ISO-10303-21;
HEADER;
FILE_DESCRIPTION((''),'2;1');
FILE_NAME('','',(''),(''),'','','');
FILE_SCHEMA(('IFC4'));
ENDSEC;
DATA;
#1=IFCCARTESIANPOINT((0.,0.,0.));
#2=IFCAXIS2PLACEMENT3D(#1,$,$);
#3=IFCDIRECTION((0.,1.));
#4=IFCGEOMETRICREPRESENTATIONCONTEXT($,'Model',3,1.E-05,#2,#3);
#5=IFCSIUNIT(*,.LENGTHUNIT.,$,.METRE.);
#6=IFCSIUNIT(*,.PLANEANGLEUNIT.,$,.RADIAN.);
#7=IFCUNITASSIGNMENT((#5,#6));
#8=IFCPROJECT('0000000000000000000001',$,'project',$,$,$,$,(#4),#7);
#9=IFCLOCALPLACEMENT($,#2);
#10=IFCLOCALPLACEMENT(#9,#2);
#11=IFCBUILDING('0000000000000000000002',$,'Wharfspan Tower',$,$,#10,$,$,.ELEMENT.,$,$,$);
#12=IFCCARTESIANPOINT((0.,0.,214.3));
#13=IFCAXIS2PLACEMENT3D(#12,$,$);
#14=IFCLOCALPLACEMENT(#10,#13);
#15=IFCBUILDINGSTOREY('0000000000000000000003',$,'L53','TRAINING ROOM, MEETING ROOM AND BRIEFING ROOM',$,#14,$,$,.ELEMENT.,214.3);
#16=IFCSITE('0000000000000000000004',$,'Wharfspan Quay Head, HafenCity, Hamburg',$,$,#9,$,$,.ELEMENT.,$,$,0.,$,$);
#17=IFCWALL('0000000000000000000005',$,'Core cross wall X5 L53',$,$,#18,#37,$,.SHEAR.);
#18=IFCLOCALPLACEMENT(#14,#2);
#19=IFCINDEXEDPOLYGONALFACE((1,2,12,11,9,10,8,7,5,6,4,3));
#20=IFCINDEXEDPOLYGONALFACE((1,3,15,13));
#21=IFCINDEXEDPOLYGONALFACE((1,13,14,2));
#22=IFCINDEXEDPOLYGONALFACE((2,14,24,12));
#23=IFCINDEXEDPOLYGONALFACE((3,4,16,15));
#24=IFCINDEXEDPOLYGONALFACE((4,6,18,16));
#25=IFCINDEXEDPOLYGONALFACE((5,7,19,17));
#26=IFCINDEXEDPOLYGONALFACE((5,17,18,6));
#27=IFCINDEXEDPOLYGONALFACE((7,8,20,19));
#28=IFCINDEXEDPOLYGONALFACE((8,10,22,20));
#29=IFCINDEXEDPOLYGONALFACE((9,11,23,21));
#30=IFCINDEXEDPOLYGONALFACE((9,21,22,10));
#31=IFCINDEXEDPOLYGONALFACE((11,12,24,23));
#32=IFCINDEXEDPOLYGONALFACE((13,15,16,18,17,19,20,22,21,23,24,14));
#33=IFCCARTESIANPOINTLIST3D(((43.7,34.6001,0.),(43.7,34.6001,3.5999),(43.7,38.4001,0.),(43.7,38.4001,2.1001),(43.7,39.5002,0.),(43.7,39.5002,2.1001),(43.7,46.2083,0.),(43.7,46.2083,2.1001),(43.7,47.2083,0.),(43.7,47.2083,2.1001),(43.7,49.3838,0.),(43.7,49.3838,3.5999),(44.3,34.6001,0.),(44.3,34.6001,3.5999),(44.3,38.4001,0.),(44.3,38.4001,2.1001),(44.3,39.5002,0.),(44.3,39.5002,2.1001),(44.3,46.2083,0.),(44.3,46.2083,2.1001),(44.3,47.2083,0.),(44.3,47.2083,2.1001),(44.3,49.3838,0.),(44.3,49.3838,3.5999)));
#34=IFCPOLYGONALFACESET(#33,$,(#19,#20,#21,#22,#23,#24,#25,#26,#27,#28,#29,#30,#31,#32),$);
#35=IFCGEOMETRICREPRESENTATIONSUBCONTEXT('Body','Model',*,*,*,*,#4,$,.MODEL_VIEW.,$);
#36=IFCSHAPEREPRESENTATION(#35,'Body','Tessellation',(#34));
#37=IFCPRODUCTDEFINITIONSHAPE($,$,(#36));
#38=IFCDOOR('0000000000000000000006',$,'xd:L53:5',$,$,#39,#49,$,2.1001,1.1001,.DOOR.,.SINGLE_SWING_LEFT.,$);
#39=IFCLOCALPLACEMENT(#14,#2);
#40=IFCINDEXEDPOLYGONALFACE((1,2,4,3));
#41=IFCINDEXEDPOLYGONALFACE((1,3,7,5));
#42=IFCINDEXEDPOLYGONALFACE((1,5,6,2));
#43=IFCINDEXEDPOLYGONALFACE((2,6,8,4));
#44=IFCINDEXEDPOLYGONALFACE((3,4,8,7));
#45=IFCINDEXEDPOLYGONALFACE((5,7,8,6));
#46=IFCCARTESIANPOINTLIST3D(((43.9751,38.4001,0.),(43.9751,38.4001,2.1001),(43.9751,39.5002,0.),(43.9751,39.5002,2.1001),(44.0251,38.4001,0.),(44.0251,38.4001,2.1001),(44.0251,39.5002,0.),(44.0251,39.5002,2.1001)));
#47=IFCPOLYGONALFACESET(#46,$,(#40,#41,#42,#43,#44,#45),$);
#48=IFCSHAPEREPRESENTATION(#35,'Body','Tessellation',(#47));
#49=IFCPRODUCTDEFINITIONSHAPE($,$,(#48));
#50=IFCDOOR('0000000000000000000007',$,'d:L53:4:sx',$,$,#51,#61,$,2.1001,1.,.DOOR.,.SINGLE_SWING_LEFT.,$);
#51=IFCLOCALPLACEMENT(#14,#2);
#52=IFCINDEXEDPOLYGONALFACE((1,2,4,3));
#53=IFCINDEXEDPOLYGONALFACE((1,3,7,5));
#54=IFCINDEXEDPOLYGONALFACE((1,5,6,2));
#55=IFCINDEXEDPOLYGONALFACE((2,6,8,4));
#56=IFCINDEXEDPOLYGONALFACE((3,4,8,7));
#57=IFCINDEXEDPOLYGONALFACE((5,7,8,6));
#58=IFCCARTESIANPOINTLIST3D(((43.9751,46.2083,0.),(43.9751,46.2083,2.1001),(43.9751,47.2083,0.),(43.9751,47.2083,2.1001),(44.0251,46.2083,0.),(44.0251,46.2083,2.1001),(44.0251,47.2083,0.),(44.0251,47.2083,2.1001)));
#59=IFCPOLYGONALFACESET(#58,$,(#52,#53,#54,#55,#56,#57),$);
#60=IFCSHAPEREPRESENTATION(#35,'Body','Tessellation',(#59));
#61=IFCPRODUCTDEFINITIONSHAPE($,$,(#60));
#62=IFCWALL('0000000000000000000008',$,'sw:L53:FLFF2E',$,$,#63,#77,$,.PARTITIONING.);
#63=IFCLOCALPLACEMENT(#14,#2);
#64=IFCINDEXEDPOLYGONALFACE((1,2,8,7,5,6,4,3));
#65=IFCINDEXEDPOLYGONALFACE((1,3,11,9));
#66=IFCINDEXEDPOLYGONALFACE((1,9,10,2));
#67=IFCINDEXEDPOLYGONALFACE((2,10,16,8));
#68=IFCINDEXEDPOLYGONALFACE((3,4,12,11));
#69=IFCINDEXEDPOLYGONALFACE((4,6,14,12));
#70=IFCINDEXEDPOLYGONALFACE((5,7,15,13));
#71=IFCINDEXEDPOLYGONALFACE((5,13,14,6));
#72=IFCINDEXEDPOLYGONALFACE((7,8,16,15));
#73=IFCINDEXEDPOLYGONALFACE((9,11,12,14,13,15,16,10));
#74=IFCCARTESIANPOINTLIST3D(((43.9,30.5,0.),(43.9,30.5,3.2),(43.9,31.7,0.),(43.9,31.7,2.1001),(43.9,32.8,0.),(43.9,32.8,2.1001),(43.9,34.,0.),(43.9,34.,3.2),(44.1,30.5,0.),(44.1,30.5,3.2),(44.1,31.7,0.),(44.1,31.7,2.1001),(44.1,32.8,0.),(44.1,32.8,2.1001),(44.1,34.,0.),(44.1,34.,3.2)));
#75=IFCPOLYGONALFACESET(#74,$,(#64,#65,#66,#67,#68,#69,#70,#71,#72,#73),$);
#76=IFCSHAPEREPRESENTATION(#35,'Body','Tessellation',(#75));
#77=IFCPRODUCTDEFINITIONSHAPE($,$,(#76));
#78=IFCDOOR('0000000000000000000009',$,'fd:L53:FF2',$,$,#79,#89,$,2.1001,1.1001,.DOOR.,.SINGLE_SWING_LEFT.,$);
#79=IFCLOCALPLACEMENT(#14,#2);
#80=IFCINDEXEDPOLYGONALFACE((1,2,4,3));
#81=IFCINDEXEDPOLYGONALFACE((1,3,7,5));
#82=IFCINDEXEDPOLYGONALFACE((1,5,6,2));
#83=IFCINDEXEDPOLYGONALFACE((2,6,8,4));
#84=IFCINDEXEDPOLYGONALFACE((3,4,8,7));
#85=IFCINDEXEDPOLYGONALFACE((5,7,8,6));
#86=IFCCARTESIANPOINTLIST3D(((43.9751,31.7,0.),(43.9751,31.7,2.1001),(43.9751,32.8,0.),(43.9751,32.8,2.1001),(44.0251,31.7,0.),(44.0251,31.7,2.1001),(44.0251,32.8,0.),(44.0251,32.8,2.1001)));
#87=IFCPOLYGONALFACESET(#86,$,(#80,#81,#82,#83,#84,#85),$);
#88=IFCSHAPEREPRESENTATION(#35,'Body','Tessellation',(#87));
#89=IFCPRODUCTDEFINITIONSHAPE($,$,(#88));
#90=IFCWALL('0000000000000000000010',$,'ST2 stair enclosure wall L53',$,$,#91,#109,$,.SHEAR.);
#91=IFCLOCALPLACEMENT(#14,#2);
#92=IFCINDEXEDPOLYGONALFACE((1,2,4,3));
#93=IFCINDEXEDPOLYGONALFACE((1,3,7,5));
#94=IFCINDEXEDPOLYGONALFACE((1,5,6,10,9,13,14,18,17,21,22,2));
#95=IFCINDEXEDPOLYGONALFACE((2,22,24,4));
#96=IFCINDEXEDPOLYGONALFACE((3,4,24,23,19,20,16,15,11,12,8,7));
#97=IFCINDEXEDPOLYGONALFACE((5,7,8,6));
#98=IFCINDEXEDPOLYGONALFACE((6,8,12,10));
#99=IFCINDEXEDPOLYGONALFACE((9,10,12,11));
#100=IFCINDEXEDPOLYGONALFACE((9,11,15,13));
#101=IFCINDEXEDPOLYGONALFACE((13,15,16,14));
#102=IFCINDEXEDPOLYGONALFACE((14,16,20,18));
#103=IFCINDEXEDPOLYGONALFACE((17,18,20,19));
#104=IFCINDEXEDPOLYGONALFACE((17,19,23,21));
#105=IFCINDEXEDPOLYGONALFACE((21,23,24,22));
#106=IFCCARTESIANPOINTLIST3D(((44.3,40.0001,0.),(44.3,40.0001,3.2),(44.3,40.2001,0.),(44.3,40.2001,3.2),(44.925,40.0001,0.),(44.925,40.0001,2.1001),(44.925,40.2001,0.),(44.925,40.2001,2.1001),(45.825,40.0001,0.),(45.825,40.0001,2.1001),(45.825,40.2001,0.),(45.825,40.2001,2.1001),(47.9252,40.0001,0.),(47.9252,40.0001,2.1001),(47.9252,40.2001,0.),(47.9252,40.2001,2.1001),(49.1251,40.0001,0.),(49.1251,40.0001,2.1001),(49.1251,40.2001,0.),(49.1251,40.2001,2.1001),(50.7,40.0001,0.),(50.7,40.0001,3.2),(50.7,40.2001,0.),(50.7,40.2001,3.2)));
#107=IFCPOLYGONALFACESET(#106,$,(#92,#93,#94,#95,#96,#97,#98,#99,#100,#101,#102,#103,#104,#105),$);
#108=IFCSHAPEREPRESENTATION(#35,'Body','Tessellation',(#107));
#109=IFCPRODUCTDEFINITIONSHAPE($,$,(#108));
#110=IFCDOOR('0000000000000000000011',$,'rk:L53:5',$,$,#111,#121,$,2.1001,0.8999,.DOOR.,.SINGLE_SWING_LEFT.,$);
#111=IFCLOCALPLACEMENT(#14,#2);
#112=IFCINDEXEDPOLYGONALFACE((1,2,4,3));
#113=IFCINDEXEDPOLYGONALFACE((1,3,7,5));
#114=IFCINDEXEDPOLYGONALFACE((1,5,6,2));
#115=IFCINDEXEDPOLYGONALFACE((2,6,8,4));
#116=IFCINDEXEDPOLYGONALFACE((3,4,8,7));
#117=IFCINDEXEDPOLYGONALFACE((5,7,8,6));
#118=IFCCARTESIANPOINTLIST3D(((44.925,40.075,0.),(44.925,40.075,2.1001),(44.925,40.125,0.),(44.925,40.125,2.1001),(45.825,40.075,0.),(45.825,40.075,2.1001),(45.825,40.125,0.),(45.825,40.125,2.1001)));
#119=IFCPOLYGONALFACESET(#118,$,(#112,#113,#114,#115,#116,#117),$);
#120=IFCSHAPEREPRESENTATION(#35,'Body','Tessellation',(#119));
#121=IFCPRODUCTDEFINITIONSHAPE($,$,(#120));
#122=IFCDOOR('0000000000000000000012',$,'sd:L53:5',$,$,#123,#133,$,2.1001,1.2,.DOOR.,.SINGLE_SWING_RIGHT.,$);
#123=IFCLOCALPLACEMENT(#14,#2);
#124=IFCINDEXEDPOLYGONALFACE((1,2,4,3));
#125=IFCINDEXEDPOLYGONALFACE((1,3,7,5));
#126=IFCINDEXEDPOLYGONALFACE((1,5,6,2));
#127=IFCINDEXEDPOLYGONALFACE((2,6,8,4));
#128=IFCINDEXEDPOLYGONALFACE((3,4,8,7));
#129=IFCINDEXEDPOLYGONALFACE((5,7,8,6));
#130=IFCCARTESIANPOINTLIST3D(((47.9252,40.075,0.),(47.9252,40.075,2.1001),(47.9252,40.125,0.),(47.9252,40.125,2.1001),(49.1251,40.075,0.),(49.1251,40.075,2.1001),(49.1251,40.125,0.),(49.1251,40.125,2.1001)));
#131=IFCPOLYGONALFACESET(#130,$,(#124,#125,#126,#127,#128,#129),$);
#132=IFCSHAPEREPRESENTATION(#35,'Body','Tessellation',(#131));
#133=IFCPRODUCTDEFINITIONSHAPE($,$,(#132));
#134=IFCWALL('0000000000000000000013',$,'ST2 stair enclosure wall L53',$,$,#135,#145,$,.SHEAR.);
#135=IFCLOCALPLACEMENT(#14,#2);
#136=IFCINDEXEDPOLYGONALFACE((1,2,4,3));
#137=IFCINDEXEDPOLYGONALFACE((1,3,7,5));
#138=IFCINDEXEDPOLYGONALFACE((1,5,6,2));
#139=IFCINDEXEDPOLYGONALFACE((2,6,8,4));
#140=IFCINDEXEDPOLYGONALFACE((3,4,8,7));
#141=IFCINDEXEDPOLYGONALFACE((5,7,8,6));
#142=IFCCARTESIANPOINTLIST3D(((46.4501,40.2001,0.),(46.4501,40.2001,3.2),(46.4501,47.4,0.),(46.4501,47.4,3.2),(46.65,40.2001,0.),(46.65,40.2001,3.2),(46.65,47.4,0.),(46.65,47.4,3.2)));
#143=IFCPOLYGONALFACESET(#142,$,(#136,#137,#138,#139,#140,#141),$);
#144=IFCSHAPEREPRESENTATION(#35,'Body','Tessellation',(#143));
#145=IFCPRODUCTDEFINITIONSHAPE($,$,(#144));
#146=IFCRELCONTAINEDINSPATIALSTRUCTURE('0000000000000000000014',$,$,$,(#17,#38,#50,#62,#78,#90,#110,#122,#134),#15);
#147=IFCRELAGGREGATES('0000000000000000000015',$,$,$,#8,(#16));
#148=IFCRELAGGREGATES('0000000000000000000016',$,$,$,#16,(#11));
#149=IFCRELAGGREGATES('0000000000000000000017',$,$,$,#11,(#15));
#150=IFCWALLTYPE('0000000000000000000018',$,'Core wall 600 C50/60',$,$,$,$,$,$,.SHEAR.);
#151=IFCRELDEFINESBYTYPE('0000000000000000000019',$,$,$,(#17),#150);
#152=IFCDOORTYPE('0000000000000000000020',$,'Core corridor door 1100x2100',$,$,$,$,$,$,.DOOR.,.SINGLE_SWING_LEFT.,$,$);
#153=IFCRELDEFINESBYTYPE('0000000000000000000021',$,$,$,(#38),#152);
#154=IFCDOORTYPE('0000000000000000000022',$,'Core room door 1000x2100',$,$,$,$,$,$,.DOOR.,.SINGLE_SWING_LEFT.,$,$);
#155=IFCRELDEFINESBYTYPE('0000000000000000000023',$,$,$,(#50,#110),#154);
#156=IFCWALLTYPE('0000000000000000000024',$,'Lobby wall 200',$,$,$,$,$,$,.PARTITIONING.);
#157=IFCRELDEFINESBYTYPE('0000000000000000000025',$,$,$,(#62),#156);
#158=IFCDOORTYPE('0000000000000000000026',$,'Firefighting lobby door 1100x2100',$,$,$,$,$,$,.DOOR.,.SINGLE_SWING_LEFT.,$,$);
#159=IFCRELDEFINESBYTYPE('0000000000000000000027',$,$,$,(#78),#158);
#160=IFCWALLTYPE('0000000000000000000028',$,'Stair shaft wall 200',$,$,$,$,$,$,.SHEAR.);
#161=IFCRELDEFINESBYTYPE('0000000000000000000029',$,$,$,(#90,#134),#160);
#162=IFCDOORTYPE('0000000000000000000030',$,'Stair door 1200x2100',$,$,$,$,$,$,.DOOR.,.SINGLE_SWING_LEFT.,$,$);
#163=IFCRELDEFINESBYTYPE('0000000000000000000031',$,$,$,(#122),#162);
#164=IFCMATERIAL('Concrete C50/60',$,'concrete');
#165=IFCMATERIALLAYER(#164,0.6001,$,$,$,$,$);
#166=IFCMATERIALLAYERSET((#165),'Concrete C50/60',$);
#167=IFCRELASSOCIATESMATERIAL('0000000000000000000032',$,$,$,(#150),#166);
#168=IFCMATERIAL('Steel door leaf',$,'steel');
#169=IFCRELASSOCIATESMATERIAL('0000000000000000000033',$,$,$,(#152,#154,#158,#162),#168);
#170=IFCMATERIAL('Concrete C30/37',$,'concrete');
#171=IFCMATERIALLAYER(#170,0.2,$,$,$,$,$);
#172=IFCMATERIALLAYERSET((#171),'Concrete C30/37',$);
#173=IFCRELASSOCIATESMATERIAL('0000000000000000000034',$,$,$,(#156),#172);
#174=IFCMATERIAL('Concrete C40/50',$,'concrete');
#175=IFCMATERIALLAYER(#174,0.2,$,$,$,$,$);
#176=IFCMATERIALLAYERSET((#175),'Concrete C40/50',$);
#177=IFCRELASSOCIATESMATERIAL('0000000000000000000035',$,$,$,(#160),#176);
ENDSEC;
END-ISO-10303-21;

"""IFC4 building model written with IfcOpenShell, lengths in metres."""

from ifc_helpers import new_model, si_unit, direction, frame, frame_2d, origin, place, context, subcontext, project, spatial, rectangle, extrude, material, layer, layer_set, type_object, element, fill, save


model = new_model("IFC4")

# Units and contexts
model_context = context("Model", 3, precision=1e-05, world=origin(), true_north=direction((0.0, 1.0)))
body_context = subcontext(model_context, "Body", "Model", "MODEL_VIEW")
ifc_project = project(units=[si_unit("LENGTHUNIT", "METRE"), si_unit("PLANEANGLEUNIT", "RADIAN")], contexts=[model_context])

# Site, building, storey
site_placement = place(None, origin())
site = spatial("IfcSite", under=ifc_project, at=site_placement, Name="Wharfspan Quay Head, HafenCity, Hamburg", CompositionType="ELEMENT", RefElevation=0.0)
building_placement = place(site_placement, origin())
building = spatial("IfcBuilding", under=site, at=building_placement, Name="Wharfspan Tower", CompositionType="ELEMENT")
storey_placement = place(building_placement, frame((0.0, 0.0, 214.3)))
storey = spatial("IfcBuildingStorey", under=building, at=storey_placement, Name="L53", Description="TRAINING ROOM, MEETING ROOM AND BRIEFING ROOM", CompositionType="ELEMENT", Elevation=214.3)

# Wall, openings, doors
ifc_material_1 = material(Name="Concrete C50/60", Category="concrete")
ifc_layer_1 = layer(ifc_material_1, 0.6001)
ifc_layer_set_1 = layer_set([ifc_layer_1], Name="Concrete C50/60")
wall_type_1 = type_object("IfcWallType", Name="Core wall 600 C50/60", PredefinedType="SHEAR", material=ifc_layer_set_1)
wall_1_placement = place(storey_placement, frame((44.0, 34.6001, 0.0), z_axis=(0.0, 0.0, 1.0), x_axis=(0.0, 1.0, 0.0)))
wall_1 = element("IfcWall", 1, at=wall_1_placement, inside=storey, type_object=wall_type_1, Name="Core cross wall X5 L53", PredefinedType="SHEAR", context=body_context, shape_type="SweptSolid", body=[
    extrude(rectangle(XDim=14.7837, YDim=0.6001, at=frame_2d((7.3918, 0.0))), origin(), (0.0, 0.0, 1.0), 3.5999),
])
opening_1_placement = place(wall_1_placement, frame((11.6082, 0.0, 0.0)))
opening_1 = element("IfcOpeningElement", 2, at=opening_1_placement, cuts=wall_1, PredefinedType="OPENING", context=body_context, shape_type="SweptSolid", body=[
    extrude(rectangle(XDim=1.0, YDim=2.1001, at=frame_2d((0.5, 1.05))), frame((0.0, 0.3101, 0.0), z_axis=(0.0, -1.0, 0.0), x_axis=(1.0, 0.0, 0.0)), (0.0, 0.0, 1.0), 0.6201),
])
opening_2_placement = place(wall_1_placement, frame((3.8, 0.0, 0.0)))
opening_2 = element("IfcOpeningElement", 3, at=opening_2_placement, cuts=wall_1, PredefinedType="OPENING", context=body_context, shape_type="SweptSolid", body=[
    extrude(rectangle(XDim=1.1001, YDim=2.1001, at=frame_2d((0.55, 1.05))), frame((0.0, 0.3101, 0.0), z_axis=(0.0, -1.0, 0.0), x_axis=(1.0, 0.0, 0.0)), (0.0, 0.0, 1.0), 0.6201),
])
ifc_material_2 = material(Name="Steel door leaf", Category="steel")
door_type_1 = type_object("IfcDoorType", Name="Core corridor door 1100x2100", OperationType="SINGLE_SWING_LEFT", PredefinedType="DOOR", material=ifc_material_2)
door_1_placement = place(opening_2_placement, origin())
door_1 = element("IfcDoor", 4, at=door_1_placement, inside=storey, type_object=door_type_1, Name="xd:L53:5", OperationType="SINGLE_SWING_LEFT", OverallHeight=2.1001, OverallWidth=1.1001, PredefinedType="DOOR", context=body_context, shape_type="SweptSolid", body=[
    extrude(rectangle(XDim=1.1001, YDim=2.1001, at=frame_2d((0.55, 1.05))), frame((0.0, 0.0249, 0.0), z_axis=(0.0, -1.0, 0.0), x_axis=(1.0, 0.0, 0.0)), (0.0, 0.0, 1.0), 0.05),
])
fill(opening_2, door_1)
door_type_2 = type_object("IfcDoorType", Name="Core room door 1000x2100", OperationType="SINGLE_SWING_LEFT", PredefinedType="DOOR", material=ifc_material_2)
door_2_placement = place(opening_1_placement, origin())
door_2 = element("IfcDoor", 5, at=door_2_placement, inside=storey, type_object=door_type_2, Name="d:L53:4:sx", OperationType="SINGLE_SWING_LEFT", OverallHeight=2.1001, OverallWidth=1.0, PredefinedType="DOOR", context=body_context, shape_type="SweptSolid", body=[
    extrude(rectangle(XDim=1.0, YDim=2.1001, at=frame_2d((0.5, 1.05))), frame((0.0, 0.0249, 0.0), z_axis=(0.0, -1.0, 0.0), x_axis=(1.0, 0.0, 0.0)), (0.0, 0.0, 1.0), 0.05),
])
fill(opening_1, door_2)

# Wall, opening, door
ifc_material_3 = material(Name="Concrete C30/37", Category="concrete")
ifc_layer_2 = layer(ifc_material_3, 0.2)
ifc_layer_set_2 = layer_set([ifc_layer_2], Name="Concrete C30/37")
wall_type_2 = type_object("IfcWallType", Name="Lobby wall 200", PredefinedType="PARTITIONING", material=ifc_layer_set_2)
wall_2_placement = place(storey_placement, frame((44.0, 30.5, 0.0), z_axis=(0.0, 0.0, 1.0), x_axis=(0.0, 1.0, 0.0)))
wall_2 = element("IfcWall", 6, at=wall_2_placement, inside=storey, type_object=wall_type_2, Name="sw:L53:FLFF2E", PredefinedType="PARTITIONING", context=body_context, shape_type="SweptSolid", body=[
    extrude(rectangle(XDim=3.5, YDim=0.2, at=frame_2d((1.75, 0.0))), origin(), (0.0, 0.0, 1.0), 3.2),
])
opening_3_placement = place(wall_2_placement, frame((1.2, 0.0, 0.0)))
opening_3 = element("IfcOpeningElement", 7, at=opening_3_placement, cuts=wall_2, PredefinedType="OPENING", context=body_context, shape_type="SweptSolid", body=[
    extrude(rectangle(XDim=1.1001, YDim=2.1001, at=frame_2d((0.55, 1.05))), frame((0.0, 0.1099, 0.0), z_axis=(0.0, -1.0, 0.0), x_axis=(1.0, 0.0, 0.0)), (0.0, 0.0, 1.0), 0.22),
])
door_type_3 = type_object("IfcDoorType", Name="Firefighting lobby door 1100x2100", OperationType="SINGLE_SWING_LEFT", PredefinedType="DOOR", material=ifc_material_2)
door_3_placement = place(opening_3_placement, origin())
door_3 = element("IfcDoor", 8, at=door_3_placement, inside=storey, type_object=door_type_3, Name="fd:L53:FF2", OperationType="SINGLE_SWING_LEFT", OverallHeight=2.1001, OverallWidth=1.1001, PredefinedType="DOOR", context=body_context, shape_type="SweptSolid", body=[
    extrude(rectangle(XDim=1.1001, YDim=2.1001, at=frame_2d((0.55, 1.05))), frame((0.0, 0.0249, 0.0), z_axis=(0.0, -1.0, 0.0), x_axis=(1.0, 0.0, 0.0)), (0.0, 0.0, 1.0), 0.05),
])
fill(opening_3, door_3)

# Wall, openings, doors
ifc_material_4 = material(Name="Concrete C40/50", Category="concrete")
ifc_layer_3 = layer(ifc_material_4, 0.2)
ifc_layer_set_3 = layer_set([ifc_layer_3], Name="Concrete C40/50")
wall_type_3 = type_object("IfcWallType", Name="Stair shaft wall 200", PredefinedType="SHEAR", material=ifc_layer_set_3)
wall_3_placement = place(storey_placement, frame((44.3, 40.1001, 0.0), z_axis=(0.0, 0.0, 1.0), x_axis=(1.0, 0.0, 0.0)))
wall_3 = element("IfcWall", 9, at=wall_3_placement, inside=storey, type_object=wall_type_3, Name="ST2 stair enclosure wall L53", PredefinedType="SHEAR", context=body_context, shape_type="SweptSolid", body=[
    extrude(rectangle(XDim=6.3999, YDim=0.2, at=frame_2d((3.2, 0.0))), origin(), (0.0, 0.0, 1.0), 3.2),
])
opening_4_placement = place(wall_3_placement, frame((3.625, 0.0, 0.0)))
opening_4 = element("IfcOpeningElement", 10, at=opening_4_placement, cuts=wall_3, PredefinedType="OPENING", context=body_context, shape_type="SweptSolid", body=[
    extrude(rectangle(XDim=1.2, YDim=2.1001, at=frame_2d((0.6001, 1.05))), frame((0.0, 0.1099, 0.0), z_axis=(0.0, -1.0, 0.0), x_axis=(1.0, 0.0, 0.0)), (0.0, 0.0, 1.0), 0.22),
])
opening_5_placement = place(wall_3_placement, frame((0.625, 0.0, 0.0)))
opening_5 = element("IfcOpeningElement", 11, at=opening_5_placement, cuts=wall_3, PredefinedType="OPENING", context=body_context, shape_type="SweptSolid", body=[
    extrude(rectangle(XDim=0.8999, YDim=2.1001, at=frame_2d((0.45, 1.05))), frame((0.0, 0.1099, 0.0), z_axis=(0.0, -1.0, 0.0), x_axis=(1.0, 0.0, 0.0)), (0.0, 0.0, 1.0), 0.22),
])
door_4_placement = place(opening_5_placement, origin())
door_4 = element("IfcDoor", 12, at=door_4_placement, inside=storey, type_object=door_type_2, Name="rk:L53:5", OperationType="SINGLE_SWING_LEFT", OverallHeight=2.1001, OverallWidth=0.8999, PredefinedType="DOOR", context=body_context, shape_type="SweptSolid", body=[
    extrude(rectangle(XDim=0.8999, YDim=2.1001, at=frame_2d((0.45, 1.05))), frame((0.0, 0.0249, 0.0), z_axis=(0.0, -1.0, 0.0), x_axis=(1.0, 0.0, 0.0)), (0.0, 0.0, 1.0), 0.05),
])
fill(opening_5, door_4)
door_type_4 = type_object("IfcDoorType", Name="Stair door 1200x2100", OperationType="SINGLE_SWING_LEFT", PredefinedType="DOOR", material=ifc_material_2)
door_5_placement = place(opening_4_placement, origin())
door_5 = element("IfcDoor", 13, at=door_5_placement, inside=storey, type_object=door_type_4, Name="sd:L53:5", OperationType="SINGLE_SWING_RIGHT", OverallHeight=2.1001, OverallWidth=1.2, PredefinedType="DOOR", context=body_context, shape_type="SweptSolid", body=[
    extrude(rectangle(XDim=1.2, YDim=2.1001, at=frame_2d((0.6001, 1.05))), frame((0.0, 0.0249, 0.0), z_axis=(0.0, -1.0, 0.0), x_axis=(1.0, 0.0, 0.0)), (0.0, 0.0, 1.0), 0.05),
])
fill(opening_4, door_5)

# Wall
wall_4_placement = place(storey_placement, frame((46.55, 40.2, 0.0), z_axis=(0.0, 0.0, 1.0), x_axis=(0.0, 1.0, 0.0)))
element("IfcWall", 14, at=wall_4_placement, inside=storey, type_object=wall_type_3, Name="ST2 stair enclosure wall L53", PredefinedType="SHEAR", context=body_context, shape_type="SweptSolid", body=[
    extrude(rectangle(XDim=7.2, YDim=0.2, at=frame_2d((3.6001, 0.0))), origin(), (0.0, 0.0, 1.0), 3.2),
])

save(model, "model.ifc")
